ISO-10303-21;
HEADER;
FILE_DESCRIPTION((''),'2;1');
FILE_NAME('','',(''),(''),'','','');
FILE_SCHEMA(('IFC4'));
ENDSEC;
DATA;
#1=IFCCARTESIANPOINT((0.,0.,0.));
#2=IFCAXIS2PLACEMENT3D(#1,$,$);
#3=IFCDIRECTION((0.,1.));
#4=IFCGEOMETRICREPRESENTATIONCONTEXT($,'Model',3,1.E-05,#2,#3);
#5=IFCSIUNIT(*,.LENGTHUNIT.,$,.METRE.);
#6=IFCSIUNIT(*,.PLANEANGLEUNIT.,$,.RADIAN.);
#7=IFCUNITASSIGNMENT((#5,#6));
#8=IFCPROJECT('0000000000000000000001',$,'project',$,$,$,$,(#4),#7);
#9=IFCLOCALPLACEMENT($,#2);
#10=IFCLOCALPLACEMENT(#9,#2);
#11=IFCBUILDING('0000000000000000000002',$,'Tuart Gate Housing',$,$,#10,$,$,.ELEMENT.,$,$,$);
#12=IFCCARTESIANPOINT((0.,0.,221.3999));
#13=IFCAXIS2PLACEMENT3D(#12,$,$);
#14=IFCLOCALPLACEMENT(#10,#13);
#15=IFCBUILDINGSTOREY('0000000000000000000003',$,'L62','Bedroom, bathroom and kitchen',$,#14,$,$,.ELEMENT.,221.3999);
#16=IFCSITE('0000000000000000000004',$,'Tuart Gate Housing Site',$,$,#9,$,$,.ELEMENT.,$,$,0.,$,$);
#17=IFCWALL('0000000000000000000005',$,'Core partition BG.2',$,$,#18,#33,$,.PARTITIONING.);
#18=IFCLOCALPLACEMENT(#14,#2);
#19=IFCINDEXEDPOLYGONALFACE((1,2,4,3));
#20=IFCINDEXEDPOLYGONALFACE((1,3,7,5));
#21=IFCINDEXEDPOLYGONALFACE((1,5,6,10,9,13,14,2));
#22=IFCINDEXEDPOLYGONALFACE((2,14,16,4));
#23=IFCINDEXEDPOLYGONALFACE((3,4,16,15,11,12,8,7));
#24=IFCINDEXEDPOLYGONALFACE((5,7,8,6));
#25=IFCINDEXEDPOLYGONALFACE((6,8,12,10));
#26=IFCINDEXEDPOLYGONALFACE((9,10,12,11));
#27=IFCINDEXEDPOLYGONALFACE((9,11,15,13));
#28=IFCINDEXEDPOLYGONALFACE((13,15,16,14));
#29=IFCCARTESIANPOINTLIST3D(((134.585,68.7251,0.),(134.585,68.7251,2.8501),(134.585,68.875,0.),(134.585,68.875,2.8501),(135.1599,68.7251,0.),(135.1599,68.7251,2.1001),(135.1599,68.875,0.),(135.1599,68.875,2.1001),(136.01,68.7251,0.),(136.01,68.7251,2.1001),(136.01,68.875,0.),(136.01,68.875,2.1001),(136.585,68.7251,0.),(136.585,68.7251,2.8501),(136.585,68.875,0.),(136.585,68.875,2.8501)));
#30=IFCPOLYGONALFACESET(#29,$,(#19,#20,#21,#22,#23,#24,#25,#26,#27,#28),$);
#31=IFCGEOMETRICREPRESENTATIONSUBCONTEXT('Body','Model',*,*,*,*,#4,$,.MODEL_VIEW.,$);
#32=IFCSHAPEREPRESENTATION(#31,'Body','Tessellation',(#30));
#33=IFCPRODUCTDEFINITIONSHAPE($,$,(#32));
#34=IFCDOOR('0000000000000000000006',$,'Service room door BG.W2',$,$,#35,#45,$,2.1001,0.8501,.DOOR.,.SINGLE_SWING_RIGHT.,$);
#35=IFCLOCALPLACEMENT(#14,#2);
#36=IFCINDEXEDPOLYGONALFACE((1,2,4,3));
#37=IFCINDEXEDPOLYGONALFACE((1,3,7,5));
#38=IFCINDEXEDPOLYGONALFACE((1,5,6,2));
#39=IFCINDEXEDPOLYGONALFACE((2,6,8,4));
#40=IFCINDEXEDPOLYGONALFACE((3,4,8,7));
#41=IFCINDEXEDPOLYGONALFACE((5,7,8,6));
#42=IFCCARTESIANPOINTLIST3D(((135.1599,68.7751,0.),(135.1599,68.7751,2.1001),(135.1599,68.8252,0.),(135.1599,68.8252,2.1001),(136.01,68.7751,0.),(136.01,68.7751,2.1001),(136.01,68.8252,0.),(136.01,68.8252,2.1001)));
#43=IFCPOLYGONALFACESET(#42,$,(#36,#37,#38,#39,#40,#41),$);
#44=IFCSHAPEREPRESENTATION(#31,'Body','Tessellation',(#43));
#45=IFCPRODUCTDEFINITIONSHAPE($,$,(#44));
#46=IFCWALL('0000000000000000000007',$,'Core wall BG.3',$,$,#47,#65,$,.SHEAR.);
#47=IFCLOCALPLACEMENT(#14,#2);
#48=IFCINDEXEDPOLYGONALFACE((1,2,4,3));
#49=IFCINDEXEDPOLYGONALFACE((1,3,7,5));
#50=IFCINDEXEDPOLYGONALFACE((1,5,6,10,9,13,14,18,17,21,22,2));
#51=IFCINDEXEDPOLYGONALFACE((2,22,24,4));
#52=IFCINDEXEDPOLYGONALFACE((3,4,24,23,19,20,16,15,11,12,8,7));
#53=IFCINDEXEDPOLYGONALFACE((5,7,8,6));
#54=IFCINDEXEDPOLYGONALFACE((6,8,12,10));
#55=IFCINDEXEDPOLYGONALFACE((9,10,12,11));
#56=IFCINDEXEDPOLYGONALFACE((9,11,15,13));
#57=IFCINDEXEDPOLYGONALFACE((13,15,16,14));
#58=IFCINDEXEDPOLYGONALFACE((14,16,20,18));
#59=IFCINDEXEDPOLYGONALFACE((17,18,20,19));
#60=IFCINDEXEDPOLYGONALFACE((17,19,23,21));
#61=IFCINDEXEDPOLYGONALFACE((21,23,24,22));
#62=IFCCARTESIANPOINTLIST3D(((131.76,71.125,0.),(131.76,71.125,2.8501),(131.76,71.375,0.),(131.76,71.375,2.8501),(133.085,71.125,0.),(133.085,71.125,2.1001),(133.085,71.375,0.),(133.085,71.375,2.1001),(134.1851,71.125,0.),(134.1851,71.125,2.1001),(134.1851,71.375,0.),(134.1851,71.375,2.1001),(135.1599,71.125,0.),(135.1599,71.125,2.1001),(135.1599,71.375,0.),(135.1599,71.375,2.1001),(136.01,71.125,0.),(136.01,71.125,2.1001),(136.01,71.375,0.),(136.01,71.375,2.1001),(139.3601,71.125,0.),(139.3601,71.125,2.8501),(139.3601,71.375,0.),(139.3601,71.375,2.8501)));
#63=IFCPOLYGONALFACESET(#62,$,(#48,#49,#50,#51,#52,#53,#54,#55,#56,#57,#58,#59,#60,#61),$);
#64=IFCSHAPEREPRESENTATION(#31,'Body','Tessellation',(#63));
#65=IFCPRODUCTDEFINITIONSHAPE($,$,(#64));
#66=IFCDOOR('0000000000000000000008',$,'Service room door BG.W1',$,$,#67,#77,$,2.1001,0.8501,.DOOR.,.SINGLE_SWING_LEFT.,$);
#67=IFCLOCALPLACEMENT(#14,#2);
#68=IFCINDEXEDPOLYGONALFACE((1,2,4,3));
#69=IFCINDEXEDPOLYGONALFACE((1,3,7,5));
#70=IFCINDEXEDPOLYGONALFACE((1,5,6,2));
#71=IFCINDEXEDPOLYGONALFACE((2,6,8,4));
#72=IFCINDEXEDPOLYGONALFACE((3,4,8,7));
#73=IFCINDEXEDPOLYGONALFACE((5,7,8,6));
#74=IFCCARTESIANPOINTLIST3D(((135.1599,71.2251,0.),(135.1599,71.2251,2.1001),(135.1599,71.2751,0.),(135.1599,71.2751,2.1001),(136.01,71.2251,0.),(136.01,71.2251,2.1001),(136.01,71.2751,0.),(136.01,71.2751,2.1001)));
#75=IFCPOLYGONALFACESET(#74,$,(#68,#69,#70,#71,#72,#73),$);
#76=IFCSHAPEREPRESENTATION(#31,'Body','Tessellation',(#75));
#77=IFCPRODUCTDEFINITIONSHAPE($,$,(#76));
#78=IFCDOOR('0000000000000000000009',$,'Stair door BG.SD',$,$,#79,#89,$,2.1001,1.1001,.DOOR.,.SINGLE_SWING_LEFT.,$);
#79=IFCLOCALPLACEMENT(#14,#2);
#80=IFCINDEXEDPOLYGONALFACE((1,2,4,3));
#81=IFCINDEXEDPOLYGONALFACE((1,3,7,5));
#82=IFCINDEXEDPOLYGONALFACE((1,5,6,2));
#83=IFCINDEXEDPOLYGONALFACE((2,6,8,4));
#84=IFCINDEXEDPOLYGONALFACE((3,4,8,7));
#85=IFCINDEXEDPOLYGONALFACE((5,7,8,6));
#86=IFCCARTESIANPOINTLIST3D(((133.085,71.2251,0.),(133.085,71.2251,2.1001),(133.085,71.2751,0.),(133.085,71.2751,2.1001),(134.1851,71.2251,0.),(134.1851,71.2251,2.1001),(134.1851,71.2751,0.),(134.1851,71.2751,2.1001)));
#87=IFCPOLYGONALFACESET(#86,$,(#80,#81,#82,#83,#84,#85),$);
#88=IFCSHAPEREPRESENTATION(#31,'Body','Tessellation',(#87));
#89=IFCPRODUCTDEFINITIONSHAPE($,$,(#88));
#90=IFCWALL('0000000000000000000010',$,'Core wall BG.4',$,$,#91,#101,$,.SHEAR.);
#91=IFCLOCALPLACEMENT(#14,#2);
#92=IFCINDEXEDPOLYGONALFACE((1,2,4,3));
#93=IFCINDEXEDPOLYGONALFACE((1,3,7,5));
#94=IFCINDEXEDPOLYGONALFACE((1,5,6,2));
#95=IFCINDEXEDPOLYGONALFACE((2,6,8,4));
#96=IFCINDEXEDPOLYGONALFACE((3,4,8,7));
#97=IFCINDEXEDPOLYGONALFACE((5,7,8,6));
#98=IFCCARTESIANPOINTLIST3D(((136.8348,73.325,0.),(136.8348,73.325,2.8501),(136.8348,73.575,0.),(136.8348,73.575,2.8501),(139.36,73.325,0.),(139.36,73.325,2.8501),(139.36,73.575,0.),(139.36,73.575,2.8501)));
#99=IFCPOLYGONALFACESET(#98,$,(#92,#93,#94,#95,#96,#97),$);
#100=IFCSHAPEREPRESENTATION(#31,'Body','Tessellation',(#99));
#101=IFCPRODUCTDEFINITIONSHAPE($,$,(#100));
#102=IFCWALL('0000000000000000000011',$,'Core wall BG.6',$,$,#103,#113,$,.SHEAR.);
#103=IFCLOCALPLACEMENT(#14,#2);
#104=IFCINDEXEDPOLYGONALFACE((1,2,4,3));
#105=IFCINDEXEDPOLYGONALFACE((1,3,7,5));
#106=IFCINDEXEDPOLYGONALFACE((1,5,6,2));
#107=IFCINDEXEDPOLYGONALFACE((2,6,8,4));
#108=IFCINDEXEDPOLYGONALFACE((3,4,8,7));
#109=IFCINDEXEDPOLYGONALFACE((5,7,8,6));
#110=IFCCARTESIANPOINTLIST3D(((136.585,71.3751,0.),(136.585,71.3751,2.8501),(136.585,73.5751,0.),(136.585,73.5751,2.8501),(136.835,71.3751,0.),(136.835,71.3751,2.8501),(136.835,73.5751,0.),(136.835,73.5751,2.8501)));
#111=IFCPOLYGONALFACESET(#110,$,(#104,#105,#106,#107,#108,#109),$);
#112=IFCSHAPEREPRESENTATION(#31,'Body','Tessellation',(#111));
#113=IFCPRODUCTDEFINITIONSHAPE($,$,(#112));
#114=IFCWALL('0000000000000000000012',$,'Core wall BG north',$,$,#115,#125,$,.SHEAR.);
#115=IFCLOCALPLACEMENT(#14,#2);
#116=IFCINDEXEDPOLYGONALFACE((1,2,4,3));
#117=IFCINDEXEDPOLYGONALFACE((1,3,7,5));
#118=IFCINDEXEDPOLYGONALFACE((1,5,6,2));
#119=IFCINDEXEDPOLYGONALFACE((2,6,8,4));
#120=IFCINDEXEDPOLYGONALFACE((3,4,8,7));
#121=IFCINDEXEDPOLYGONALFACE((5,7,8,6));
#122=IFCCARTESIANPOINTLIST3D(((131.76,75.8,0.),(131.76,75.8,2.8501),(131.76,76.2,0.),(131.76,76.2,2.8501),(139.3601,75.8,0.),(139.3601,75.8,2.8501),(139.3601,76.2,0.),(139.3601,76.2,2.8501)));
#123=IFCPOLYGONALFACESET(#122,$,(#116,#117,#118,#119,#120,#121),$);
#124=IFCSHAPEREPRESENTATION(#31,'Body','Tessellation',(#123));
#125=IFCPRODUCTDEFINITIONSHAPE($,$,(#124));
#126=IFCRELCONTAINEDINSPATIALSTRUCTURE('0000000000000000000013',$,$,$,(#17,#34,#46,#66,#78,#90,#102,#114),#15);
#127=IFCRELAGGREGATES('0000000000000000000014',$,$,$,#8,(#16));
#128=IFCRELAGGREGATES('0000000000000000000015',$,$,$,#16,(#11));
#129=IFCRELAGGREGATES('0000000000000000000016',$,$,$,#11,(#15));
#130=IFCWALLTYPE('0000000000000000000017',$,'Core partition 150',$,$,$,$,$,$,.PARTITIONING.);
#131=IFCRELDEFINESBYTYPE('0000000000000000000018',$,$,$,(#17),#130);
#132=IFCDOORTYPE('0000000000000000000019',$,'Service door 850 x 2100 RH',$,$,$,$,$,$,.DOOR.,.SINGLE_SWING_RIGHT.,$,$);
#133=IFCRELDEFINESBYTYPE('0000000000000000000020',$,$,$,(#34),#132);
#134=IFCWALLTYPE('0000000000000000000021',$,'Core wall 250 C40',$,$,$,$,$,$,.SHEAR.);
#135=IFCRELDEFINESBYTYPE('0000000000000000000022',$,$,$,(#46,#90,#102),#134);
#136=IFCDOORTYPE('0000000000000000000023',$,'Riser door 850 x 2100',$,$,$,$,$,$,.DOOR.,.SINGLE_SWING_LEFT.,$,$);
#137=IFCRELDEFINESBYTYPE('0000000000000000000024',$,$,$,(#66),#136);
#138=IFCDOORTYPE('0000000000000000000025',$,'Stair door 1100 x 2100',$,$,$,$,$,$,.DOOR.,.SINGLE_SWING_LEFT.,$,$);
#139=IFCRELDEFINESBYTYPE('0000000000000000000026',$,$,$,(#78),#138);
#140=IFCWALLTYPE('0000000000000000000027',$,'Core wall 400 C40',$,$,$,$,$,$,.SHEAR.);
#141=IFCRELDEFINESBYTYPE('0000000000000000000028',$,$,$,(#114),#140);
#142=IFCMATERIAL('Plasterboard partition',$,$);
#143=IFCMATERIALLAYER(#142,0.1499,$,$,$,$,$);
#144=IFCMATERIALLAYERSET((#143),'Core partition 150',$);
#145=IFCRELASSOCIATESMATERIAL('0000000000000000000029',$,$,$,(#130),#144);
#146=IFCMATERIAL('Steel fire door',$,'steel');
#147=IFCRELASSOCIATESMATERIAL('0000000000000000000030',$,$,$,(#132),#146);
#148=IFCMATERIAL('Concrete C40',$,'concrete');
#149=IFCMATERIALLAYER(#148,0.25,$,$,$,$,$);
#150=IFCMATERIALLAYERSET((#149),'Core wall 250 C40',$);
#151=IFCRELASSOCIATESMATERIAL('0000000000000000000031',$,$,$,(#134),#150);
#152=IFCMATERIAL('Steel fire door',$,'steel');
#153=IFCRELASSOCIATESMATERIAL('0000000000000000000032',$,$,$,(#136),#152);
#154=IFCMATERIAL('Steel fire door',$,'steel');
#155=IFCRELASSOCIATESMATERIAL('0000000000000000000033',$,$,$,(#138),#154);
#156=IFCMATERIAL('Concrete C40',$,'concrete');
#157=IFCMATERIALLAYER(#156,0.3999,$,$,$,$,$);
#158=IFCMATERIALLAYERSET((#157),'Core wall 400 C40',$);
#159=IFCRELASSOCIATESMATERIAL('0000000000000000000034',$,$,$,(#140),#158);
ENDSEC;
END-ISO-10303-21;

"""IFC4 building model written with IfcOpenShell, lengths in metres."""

from ifc_helpers import new_model, si_unit, direction, frame, frame_2d, origin, place, context, subcontext, project, spatial, rectangle, extrude, material, layer, layer_set, type_object, element, fill, save


model = new_model("IFC4")

# Units and contexts
model_context = context("Model", 3, precision=1e-05, world=origin(), true_north=direction((0.0, 1.0)))
body_context = subcontext(model_context, "Body", "Model", "MODEL_VIEW")
ifc_project = project(units=[si_unit("LENGTHUNIT", "METRE"), si_unit("PLANEANGLEUNIT", "RADIAN")], contexts=[model_context])

# Site, building, storey
site_placement = place(None, origin())
site = spatial("IfcSite", under=ifc_project, at=site_placement, Name="Tuart Gate Housing Site", CompositionType="ELEMENT", RefElevation=0.0)
building_placement = place(site_placement, origin())
building = spatial("IfcBuilding", under=site, at=building_placement, Name="Tuart Gate Housing", CompositionType="ELEMENT")
storey_placement = place(building_placement, frame((0.0, 0.0, 221.3999)))
storey = spatial("IfcBuildingStorey", under=building, at=storey_placement, Name="L62", Description="Bedroom, bathroom and kitchen", CompositionType="ELEMENT", Elevation=221.3999)

# Wall, opening, door
ifc_material_1 = material(Name="Plasterboard partition")
ifc_layer_1 = layer(ifc_material_1, 0.1499)
ifc_layer_set_1 = layer_set([ifc_layer_1], Name="Core partition 150")
wall_type_1 = type_object("IfcWallType", Name="Core partition 150", PredefinedType="PARTITIONING", material=ifc_layer_set_1)
wall_1_placement = place(storey_placement, frame((136.585, 68.8, 0.0), z_axis=(0.0, 0.0, 1.0), x_axis=(-1.0, 0.0, 0.0)))
wall_1 = element("IfcWall", 1, at=wall_1_placement, inside=storey, type_object=wall_type_1, Name="Core partition BG.2", PredefinedType="PARTITIONING", context=body_context, shape_type="SweptSolid", body=[
    extrude(rectangle(XDim=2.0, YDim=0.1499, at=frame_2d((1.0, 0.0))), origin(), (0.0, 0.0, 1.0), 2.8501),
])
opening_1_placement = place(wall_1_placement, frame((0.575, 0.0, 0.0)))
opening_1 = element("IfcOpeningElement", 2, at=opening_1_placement, cuts=wall_1, PredefinedType="OPENING", context=body_context, shape_type="SweptSolid", body=[
    extrude(rectangle(XDim=0.8501, YDim=2.1001, at=frame_2d((0.425, 1.05))), frame((0.0, 0.085, 0.0), z_axis=(0.0, -1.0, 0.0), x_axis=(1.0, 0.0, 0.0)), (0.0, 0.0, 1.0), 0.1699),
])
ifc_material_2 = material(Name="Steel fire door", Category="steel")
door_type_1 = type_object("IfcDoorType", Name="Service door 850 x 2100 RH", OperationType="SINGLE_SWING_RIGHT", PredefinedType="DOOR", material=ifc_material_2)
door_1_placement = place(opening_1_placement, frame((0.8501, 0.0, 0.0), z_axis=(0.0, 0.0, 1.0), x_axis=(-1.0, 0.0, 0.0)))
door_1 = element("IfcDoor", 3, at=door_1_placement, inside=storey, type_object=door_type_1, Name="Service room door BG.W2", OperationType="SINGLE_SWING_RIGHT", OverallHeight=2.1001, OverallWidth=0.8501, PredefinedType="DOOR", context=body_context, shape_type="SweptSolid", body=[
    extrude(rectangle(XDim=0.8501, YDim=2.1001, at=frame_2d((0.425, 1.05))), frame((0.0, 0.0251, 0.0), z_axis=(0.0, -1.0, 0.0), x_axis=(1.0, 0.0, 0.0)), (0.0, 0.0, 1.0), 0.05),
])
fill(opening_1, door_1)

# Wall, openings, doors
ifc_material_3 = material(Name="Concrete C40", Category="concrete")
ifc_layer_2 = layer(ifc_material_3, 0.25)
ifc_layer_set_2 = layer_set([ifc_layer_2], Name="Core wall 250 C40")
wall_type_2 = type_object("IfcWallType", Name="Core wall 250 C40", PredefinedType="SHEAR", material=ifc_layer_set_2)
wall_2_placement = place(storey_placement, frame((139.3601, 71.25, 0.0), z_axis=(0.0, 0.0, 1.0), x_axis=(-1.0, 0.0, 0.0)))
wall_2 = element("IfcWall", 4, at=wall_2_placement, inside=storey, type_object=wall_type_2, Name="Core wall BG.3", PredefinedType="SHEAR", context=body_context, shape_type="SweptSolid", body=[
    extrude(rectangle(XDim=7.6001, YDim=0.25, at=frame_2d((3.8, 0.0))), origin(), (0.0, 0.0, 1.0), 2.8501),
])
opening_2_placement = place(wall_2_placement, frame((5.175, 0.0, 0.0)))
opening_2 = element("IfcOpeningElement", 5, at=opening_2_placement, cuts=wall_2, PredefinedType="OPENING", context=body_context, shape_type="SweptSolid", body=[
    extrude(rectangle(XDim=1.1001, YDim=2.1001, at=frame_2d((0.55, 1.05))), frame((0.0, 0.135, 0.0), z_axis=(0.0, -1.0, 0.0), x_axis=(1.0, 0.0, 0.0)), (0.0, 0.0, 1.0), 0.27),
])
opening_3_placement = place(wall_2_placement, frame((3.3501, 0.0, 0.0)))
opening_3 = element("IfcOpeningElement", 6, at=opening_3_placement, cuts=wall_2, PredefinedType="OPENING", context=body_context, shape_type="SweptSolid", body=[
    extrude(rectangle(XDim=0.8501, YDim=2.1001, at=frame_2d((0.425, 1.05))), frame((0.0, 0.135, 0.0), z_axis=(0.0, -1.0, 0.0), x_axis=(1.0, 0.0, 0.0)), (0.0, 0.0, 1.0), 0.27),
])
ifc_material_4 = material(Name="Steel fire door", Category="steel")
door_type_2 = type_object("IfcDoorType", Name="Riser door 850 x 2100", OperationType="SINGLE_SWING_LEFT", PredefinedType="DOOR", material=ifc_material_4)
door_2_placement = place(opening_3_placement, origin())
door_2 = element("IfcDoor", 7, at=door_2_placement, inside=storey, type_object=door_type_2, Name="Service room door BG.W1", OperationType="SINGLE_SWING_LEFT", OverallHeight=2.1001, OverallWidth=0.8501, PredefinedType="DOOR", context=body_context, shape_type="SweptSolid", body=[
    extrude(rectangle(XDim=0.8501, YDim=2.1001, at=frame_2d((0.425, 1.05))), frame((0.0, 0.0249, 0.0), z_axis=(0.0, -1.0, 0.0), x_axis=(1.0, 0.0, 0.0)), (0.0, 0.0, 1.0), 0.05),
])
fill(opening_3, door_2)
ifc_material_5 = material(Name="Steel fire door", Category="steel")
door_type_3 = type_object("IfcDoorType", Name="Stair door 1100 x 2100", OperationType="SINGLE_SWING_LEFT", PredefinedType="DOOR", material=ifc_material_5)
door_3_placement = place(opening_2_placement, origin())
door_3 = element("IfcDoor", 8, at=door_3_placement, inside=storey, type_object=door_type_3, Name="Stair door BG.SD", OperationType="SINGLE_SWING_LEFT", OverallHeight=2.1001, OverallWidth=1.1001, PredefinedType="DOOR", context=body_context, shape_type="SweptSolid", body=[
    extrude(rectangle(XDim=1.1001, YDim=2.1001, at=frame_2d((0.55, 1.05))), frame((0.0, 0.0249, 0.0), z_axis=(0.0, -1.0, 0.0), x_axis=(1.0, 0.0, 0.0)), (0.0, 0.0, 1.0), 0.05),
])
fill(opening_2, door_3)

# Walls
wall_3_placement = place(storey_placement, frame((139.3601, 73.45, 0.0), z_axis=(0.0, 0.0, 1.0), x_axis=(-1.0, 0.0, 0.0)))
element("IfcWall", 9, at=wall_3_placement, inside=storey, type_object=wall_type_2, Name="Core wall BG.4", PredefinedType="SHEAR", context=body_context, shape_type="SweptSolid", body=[
    extrude(rectangle(XDim=2.5251, YDim=0.25, at=frame_2d((1.2627, 0.0))), origin(), (0.0, 0.0, 1.0), 2.8501),
])
wall_4_placement = place(storey_placement, frame((136.71, 71.375, 0.0), z_axis=(0.0, 0.0, 1.0), x_axis=(0.0, 1.0, 0.0)))
element("IfcWall", 10, at=wall_4_placement, inside=storey, type_object=wall_type_2, Name="Core wall BG.6", PredefinedType="SHEAR", context=body_context, shape_type="SweptSolid", body=[
    extrude(rectangle(XDim=2.2, YDim=0.25, at=frame_2d((1.1001, 0.0))), origin(), (0.0, 0.0, 1.0), 2.8501),
])
ifc_material_6 = material(Name="Concrete C40", Category="concrete")
ifc_layer_3 = layer(ifc_material_6, 0.3999)
ifc_layer_set_3 = layer_set([ifc_layer_3], Name="Core wall 400 C40")
wall_type_3 = type_object("IfcWallType", Name="Core wall 400 C40", PredefinedType="SHEAR", material=ifc_layer_set_3)
wall_5_placement = place(storey_placement, frame((139.3601, 76.0, 0.0), z_axis=(0.0, 0.0, 1.0), x_axis=(-1.0, 0.0, 0.0)))
element("IfcWall", 11, at=wall_5_placement, inside=storey, type_object=wall_type_3, Name="Core wall BG north", PredefinedType="SHEAR", context=body_context, shape_type="SweptSolid", body=[
    extrude(rectangle(XDim=7.6001, YDim=0.3999, at=frame_2d((3.8, 0.0))), origin(), (0.0, 0.0, 1.0), 2.8501),
])

save(model, "model.ifc")
